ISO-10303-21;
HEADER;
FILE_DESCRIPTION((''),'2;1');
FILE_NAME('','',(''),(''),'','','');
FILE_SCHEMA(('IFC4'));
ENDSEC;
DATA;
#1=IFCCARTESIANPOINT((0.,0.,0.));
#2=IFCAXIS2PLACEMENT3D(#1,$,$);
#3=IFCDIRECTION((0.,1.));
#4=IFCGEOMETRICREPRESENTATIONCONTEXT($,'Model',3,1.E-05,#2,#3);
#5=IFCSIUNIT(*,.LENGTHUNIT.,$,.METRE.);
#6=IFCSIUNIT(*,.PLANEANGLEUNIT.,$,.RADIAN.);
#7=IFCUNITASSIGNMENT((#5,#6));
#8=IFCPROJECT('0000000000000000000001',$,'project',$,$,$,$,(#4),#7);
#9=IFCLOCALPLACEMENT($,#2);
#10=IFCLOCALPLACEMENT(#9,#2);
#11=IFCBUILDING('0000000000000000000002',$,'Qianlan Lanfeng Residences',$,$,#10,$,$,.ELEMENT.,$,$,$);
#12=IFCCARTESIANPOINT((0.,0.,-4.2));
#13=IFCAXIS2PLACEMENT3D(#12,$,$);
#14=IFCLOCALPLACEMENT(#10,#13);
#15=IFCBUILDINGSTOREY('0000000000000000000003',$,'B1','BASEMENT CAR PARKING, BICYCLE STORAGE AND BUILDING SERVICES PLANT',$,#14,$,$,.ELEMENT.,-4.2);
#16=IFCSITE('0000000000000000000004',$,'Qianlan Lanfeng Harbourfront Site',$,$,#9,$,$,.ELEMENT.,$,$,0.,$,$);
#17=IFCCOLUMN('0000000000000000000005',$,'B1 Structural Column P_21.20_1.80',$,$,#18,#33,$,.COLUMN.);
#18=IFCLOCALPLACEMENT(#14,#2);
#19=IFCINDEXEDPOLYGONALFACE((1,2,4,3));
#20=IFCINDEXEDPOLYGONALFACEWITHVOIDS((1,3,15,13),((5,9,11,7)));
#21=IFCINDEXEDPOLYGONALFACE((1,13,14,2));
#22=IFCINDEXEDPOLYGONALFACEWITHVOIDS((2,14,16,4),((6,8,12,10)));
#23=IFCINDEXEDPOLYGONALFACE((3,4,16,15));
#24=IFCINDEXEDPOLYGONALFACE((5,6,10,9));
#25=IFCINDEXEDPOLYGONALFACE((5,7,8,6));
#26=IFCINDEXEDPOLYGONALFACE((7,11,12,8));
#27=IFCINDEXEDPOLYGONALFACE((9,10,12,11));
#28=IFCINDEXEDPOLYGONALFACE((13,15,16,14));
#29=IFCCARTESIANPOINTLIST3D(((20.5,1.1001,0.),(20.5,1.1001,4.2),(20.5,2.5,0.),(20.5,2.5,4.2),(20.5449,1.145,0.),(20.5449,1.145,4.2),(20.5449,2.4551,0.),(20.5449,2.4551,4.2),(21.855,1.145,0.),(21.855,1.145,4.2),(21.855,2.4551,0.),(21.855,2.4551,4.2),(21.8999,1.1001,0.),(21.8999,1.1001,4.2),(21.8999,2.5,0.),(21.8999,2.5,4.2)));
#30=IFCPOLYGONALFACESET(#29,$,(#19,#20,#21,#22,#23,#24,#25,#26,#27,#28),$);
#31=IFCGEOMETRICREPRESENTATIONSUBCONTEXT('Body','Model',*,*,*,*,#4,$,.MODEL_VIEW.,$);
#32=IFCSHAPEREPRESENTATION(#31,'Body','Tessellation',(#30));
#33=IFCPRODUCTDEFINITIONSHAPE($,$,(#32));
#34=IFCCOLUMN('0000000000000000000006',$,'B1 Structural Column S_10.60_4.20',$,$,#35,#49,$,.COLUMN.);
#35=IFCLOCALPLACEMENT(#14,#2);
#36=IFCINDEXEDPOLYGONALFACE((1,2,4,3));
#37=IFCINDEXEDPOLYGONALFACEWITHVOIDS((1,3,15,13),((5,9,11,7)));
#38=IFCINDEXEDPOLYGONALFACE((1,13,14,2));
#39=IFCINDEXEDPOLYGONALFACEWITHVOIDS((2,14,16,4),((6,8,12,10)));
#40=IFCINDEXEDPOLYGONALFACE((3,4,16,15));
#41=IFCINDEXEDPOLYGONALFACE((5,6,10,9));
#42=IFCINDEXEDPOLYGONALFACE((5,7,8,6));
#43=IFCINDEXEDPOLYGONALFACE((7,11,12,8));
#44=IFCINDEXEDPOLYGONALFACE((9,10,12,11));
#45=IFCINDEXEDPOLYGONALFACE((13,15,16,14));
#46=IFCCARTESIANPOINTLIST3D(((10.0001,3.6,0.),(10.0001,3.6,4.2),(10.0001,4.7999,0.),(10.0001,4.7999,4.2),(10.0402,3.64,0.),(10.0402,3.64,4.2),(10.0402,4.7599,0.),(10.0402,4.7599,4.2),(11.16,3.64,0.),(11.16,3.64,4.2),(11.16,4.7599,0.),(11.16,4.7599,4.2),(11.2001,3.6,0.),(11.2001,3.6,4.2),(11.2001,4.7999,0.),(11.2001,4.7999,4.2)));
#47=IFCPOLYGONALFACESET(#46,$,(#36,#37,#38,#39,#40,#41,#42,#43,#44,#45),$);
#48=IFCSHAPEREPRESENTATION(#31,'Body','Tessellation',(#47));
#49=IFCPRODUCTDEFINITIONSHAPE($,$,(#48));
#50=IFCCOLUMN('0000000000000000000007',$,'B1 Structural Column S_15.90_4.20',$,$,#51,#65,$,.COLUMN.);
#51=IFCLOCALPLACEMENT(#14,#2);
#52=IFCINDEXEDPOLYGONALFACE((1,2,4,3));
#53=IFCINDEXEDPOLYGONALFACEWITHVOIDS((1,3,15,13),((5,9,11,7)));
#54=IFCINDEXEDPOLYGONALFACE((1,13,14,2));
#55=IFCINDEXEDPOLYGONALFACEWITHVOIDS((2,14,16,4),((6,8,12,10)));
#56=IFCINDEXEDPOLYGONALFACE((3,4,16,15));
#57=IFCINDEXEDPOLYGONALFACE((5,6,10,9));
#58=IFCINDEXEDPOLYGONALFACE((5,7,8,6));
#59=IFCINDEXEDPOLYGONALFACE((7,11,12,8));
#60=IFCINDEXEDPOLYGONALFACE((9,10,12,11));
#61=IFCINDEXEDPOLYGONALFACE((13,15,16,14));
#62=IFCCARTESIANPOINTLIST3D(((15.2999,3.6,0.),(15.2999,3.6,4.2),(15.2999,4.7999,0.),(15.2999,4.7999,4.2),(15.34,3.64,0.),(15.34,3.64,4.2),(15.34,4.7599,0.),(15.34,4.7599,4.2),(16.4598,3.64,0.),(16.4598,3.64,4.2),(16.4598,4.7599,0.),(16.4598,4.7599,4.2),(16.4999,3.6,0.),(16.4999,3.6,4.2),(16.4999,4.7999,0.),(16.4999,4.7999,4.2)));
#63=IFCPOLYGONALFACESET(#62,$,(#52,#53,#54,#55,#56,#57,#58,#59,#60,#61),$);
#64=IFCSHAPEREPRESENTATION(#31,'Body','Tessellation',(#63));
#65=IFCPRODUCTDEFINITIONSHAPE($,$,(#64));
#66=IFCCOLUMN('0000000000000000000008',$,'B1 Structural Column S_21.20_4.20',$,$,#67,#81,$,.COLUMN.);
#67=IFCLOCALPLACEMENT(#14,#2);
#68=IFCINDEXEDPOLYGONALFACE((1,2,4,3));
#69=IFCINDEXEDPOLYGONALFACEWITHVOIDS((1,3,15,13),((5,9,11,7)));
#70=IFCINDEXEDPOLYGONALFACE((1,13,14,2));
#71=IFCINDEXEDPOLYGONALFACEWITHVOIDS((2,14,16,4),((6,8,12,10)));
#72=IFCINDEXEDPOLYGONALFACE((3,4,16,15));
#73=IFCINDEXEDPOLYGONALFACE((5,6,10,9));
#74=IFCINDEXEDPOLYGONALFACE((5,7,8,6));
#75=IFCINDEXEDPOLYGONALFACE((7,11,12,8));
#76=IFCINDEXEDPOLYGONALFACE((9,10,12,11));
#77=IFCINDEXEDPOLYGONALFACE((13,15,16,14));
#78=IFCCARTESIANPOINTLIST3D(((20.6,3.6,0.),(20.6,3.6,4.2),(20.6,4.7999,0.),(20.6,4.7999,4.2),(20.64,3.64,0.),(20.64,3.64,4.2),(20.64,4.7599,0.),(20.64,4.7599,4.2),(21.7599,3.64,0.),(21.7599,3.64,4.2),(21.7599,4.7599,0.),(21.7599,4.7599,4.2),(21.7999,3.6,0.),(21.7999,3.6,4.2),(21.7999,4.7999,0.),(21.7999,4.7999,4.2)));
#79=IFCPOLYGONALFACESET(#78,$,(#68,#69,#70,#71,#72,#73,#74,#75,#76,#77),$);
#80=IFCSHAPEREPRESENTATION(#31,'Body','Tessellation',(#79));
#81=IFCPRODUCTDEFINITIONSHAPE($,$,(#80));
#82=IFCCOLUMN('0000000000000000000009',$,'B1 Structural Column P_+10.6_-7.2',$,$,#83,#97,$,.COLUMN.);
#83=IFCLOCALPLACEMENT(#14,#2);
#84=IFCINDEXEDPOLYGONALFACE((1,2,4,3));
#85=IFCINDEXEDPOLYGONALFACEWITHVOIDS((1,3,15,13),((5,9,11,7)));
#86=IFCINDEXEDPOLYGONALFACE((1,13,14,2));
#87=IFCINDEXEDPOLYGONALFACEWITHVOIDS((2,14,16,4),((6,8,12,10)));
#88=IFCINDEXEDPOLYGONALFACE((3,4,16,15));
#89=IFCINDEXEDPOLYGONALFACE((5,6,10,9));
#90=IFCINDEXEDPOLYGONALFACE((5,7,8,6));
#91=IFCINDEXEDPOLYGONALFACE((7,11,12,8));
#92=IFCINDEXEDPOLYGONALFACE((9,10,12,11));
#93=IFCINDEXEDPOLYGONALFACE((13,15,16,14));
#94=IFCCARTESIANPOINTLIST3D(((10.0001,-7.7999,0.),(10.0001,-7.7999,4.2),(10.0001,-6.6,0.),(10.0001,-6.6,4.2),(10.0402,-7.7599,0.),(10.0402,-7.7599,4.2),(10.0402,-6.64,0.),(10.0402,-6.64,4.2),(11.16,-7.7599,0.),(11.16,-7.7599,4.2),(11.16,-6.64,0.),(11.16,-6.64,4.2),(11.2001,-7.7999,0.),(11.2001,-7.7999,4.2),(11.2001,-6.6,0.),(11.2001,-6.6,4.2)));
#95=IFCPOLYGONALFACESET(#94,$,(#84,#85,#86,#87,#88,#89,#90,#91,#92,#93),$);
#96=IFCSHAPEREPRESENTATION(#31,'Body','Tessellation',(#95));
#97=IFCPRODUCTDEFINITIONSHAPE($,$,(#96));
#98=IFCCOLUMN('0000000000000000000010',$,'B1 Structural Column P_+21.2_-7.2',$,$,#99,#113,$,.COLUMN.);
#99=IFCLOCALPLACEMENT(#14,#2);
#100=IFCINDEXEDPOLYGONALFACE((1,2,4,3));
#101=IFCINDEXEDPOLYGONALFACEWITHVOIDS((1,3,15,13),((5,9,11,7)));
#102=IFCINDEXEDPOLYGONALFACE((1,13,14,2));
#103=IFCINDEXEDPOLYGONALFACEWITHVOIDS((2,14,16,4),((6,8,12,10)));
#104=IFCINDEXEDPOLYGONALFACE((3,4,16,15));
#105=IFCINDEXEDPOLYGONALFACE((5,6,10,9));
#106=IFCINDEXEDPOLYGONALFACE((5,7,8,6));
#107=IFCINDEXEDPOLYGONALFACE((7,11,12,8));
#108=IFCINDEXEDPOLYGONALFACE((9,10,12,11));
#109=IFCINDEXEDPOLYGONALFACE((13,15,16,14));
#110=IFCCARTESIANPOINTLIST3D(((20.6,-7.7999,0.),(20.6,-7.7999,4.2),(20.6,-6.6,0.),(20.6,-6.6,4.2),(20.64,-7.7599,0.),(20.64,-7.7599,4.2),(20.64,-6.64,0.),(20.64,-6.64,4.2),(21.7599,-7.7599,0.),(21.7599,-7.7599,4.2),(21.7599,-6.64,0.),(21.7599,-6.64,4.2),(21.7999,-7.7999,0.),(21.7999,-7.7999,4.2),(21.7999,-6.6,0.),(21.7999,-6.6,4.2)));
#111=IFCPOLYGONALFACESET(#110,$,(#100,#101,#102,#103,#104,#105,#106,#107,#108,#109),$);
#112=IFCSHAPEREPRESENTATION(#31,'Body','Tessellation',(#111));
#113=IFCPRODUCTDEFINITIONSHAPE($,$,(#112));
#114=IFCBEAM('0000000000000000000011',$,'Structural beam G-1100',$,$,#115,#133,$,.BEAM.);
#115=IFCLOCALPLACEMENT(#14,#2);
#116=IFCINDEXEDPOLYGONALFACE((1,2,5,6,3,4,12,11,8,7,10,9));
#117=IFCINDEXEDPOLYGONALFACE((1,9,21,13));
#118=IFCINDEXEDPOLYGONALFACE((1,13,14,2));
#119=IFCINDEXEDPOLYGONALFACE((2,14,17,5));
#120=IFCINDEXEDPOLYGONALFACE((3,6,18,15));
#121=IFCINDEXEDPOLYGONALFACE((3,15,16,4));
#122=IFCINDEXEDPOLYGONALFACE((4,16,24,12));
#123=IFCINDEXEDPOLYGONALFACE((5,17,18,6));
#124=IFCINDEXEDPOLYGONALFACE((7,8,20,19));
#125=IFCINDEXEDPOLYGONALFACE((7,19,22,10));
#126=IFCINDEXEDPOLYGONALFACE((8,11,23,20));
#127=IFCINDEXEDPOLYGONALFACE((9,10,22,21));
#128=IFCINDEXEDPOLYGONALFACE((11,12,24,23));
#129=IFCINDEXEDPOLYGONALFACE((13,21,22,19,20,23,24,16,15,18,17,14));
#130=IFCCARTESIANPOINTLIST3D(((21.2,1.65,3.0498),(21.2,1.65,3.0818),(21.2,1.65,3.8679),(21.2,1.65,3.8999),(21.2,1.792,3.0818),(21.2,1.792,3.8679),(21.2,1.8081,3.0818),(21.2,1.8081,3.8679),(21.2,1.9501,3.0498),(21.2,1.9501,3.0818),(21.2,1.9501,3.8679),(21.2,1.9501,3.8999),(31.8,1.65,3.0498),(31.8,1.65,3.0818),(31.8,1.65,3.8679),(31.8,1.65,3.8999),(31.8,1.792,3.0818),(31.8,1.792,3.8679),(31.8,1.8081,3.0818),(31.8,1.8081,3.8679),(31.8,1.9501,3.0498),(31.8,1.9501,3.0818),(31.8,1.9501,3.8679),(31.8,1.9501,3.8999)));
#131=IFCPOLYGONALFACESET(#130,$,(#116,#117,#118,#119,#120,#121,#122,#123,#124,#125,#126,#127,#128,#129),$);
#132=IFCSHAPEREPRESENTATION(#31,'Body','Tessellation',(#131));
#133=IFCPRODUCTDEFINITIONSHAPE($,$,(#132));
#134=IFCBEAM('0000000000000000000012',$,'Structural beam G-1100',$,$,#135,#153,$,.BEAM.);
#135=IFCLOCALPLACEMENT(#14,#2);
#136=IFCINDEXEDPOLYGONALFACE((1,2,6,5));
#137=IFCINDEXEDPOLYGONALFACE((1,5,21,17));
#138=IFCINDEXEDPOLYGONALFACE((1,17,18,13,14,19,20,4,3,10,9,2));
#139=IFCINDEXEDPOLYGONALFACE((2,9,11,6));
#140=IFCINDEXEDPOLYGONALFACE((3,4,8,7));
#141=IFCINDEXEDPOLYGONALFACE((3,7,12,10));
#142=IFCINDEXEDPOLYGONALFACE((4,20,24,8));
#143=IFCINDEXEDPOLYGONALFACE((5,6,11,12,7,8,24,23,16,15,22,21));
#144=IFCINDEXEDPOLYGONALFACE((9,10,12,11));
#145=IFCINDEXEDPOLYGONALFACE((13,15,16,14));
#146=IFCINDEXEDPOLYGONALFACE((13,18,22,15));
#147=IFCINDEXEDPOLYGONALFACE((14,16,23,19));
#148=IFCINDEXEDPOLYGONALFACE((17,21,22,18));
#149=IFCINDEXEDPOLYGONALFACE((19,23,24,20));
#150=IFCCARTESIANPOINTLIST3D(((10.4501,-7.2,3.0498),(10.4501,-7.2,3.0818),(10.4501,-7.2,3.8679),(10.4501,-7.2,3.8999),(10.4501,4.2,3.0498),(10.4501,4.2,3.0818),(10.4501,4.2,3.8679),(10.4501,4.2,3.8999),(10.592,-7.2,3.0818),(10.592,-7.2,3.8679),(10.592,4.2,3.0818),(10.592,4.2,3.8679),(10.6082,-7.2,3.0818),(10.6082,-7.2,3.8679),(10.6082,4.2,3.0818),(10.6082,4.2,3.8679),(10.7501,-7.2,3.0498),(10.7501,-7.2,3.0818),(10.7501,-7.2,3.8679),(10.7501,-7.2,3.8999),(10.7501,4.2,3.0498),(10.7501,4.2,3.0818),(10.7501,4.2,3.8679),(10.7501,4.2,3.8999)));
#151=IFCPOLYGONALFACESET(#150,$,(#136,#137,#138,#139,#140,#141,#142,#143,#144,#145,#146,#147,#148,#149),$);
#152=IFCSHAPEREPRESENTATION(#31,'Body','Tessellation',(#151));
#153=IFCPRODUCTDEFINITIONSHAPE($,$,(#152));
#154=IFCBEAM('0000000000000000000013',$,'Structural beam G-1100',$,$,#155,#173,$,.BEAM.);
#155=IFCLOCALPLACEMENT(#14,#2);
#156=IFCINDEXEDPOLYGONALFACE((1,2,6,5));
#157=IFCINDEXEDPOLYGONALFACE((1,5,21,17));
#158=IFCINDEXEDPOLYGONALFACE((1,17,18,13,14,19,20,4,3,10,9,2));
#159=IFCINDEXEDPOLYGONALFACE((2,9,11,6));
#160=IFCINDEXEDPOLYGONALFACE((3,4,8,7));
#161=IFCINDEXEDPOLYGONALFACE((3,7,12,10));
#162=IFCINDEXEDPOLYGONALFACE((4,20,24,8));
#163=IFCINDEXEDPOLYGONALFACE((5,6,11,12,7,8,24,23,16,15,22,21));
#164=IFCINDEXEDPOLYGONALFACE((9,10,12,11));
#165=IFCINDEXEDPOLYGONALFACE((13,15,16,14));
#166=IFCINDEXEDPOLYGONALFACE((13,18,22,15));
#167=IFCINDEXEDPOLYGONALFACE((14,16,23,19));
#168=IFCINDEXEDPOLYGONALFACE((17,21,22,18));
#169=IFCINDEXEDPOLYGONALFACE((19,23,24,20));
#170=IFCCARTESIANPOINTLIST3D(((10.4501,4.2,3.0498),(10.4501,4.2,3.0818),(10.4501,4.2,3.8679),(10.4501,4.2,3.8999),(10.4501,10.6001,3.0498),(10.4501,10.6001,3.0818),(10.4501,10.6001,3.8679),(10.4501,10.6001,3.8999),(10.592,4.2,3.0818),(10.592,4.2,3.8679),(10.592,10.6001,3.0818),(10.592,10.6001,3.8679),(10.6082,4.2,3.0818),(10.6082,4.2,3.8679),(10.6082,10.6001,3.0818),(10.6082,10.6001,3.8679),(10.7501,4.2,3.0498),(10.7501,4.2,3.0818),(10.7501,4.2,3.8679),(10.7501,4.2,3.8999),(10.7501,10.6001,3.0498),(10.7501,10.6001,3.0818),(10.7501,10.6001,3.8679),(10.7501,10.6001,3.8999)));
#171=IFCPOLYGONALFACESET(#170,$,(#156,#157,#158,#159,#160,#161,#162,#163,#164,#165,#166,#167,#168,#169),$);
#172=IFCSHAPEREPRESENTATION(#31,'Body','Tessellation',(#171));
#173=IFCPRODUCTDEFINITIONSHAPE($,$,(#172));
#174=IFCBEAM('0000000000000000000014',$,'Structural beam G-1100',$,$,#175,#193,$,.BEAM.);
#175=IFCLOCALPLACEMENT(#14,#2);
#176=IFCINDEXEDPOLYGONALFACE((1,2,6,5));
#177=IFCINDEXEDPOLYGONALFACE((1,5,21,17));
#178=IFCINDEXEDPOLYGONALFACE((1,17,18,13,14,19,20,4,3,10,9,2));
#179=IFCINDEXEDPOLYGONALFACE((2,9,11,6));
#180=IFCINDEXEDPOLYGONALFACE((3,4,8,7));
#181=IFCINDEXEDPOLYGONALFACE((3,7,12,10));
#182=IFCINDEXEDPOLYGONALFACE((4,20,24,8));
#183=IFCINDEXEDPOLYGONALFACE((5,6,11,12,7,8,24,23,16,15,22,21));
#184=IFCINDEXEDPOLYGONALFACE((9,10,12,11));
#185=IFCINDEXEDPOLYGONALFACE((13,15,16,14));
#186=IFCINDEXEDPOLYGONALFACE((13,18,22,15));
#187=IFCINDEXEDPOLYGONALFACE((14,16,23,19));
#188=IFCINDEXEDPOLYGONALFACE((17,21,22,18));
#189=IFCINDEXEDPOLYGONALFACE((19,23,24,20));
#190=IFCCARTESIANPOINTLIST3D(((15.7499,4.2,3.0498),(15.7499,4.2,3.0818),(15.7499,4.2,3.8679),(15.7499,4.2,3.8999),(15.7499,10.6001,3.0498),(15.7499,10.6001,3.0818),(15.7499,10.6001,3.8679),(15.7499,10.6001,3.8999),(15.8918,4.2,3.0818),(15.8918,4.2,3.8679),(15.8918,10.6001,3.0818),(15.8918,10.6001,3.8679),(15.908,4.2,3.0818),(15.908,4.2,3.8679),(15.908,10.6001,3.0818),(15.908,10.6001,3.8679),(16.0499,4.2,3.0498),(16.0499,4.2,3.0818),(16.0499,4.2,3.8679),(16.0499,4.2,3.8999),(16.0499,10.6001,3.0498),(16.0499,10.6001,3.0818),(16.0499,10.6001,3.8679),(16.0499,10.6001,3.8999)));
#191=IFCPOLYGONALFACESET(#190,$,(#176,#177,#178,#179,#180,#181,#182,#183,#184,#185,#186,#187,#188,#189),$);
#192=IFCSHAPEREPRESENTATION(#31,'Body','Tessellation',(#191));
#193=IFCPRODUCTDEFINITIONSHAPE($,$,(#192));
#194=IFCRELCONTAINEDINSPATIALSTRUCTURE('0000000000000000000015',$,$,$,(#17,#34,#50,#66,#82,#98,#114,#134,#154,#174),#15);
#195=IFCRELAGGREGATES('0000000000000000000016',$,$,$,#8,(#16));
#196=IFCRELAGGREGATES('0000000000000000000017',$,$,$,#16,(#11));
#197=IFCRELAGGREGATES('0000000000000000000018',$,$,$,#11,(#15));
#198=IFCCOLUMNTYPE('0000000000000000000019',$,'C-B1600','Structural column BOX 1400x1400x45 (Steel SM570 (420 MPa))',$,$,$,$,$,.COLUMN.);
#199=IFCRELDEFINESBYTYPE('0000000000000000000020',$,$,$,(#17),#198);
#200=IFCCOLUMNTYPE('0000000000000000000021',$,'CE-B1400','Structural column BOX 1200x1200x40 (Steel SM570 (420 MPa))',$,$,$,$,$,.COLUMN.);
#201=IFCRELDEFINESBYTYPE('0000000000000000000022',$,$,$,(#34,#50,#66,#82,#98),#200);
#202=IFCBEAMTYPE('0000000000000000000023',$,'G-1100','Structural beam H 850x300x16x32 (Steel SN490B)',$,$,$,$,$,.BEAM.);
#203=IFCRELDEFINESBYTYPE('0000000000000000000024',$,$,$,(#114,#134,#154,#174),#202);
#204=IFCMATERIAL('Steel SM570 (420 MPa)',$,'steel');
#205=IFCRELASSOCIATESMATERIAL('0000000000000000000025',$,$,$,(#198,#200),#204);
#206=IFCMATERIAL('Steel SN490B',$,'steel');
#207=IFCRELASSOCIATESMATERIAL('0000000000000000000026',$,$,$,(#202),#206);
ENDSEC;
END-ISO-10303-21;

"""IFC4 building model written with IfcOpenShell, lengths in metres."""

from ifc_helpers import new_model, si_unit, direction, frame, origin, origin_2d, place, context, subcontext, project, spatial, hollow_rectangle, i_section, extrude, material, material_profile, profile_set, type_object, element, save


model = new_model("IFC4")

# Units and contexts
model_context = context("Model", 3, precision=1e-05, world=origin(), true_north=direction((0.0, 1.0)))
body_context = subcontext(model_context, "Body", "Model", "MODEL_VIEW")
ifc_project = project(units=[si_unit("LENGTHUNIT", "METRE"), si_unit("PLANEANGLEUNIT", "RADIAN")], contexts=[model_context])

# Site, building, storey
site_placement = place(None, origin())
site = spatial("IfcSite", under=ifc_project, at=site_placement, Name="Qianlan Lanfeng Harbourfront Site", CompositionType="ELEMENT", RefElevation=0.0)
building_placement = place(site_placement, origin())
building = spatial("IfcBuilding", under=site, at=building_placement, Name="Qianlan Lanfeng Residences", CompositionType="ELEMENT")
storey_placement = place(building_placement, frame((0.0, 0.0, -4.2)))
storey = spatial("IfcBuildingStorey", under=building, at=storey_placement, Name="B1", Description="BASEMENT CAR PARKING, BICYCLE STORAGE AND BUILDING SERVICES PLANT", CompositionType="ELEMENT", Elevation=-4.2)

# Columns
ifc_material_1 = material(Name="Steel SM570 (420 MPa)", Category="steel")
ifc_material_profile_1 = material_profile(ifc_material_1, hollow_rectangle(XDim=1.3999, YDim=1.3999, WallThickness=0.0449, at=origin_2d()), Name="BOX 1400x1400x45")
ifc_profile_set_1 = profile_set([ifc_material_profile_1], Name="Steel SM570 (420 MPa)")
column_type_1 = type_object("IfcColumnType", Name="C-B1600", Description="Structural column BOX 1400x1400x45 (Steel SM570 (420 MPa))", PredefinedType="COLUMN", material=ifc_profile_set_1)
column_placement = place(storey_placement, frame((21.2, 1.8, 0.0), z_axis=(0.0, 0.0, 1.0), x_axis=(1.0, 0.0, 0.0)))
element("IfcColumn", 1, at=column_placement, inside=storey, type_object=column_type_1, Name="B1 Structural Column P_21.20_1.80", PredefinedType="COLUMN", context=body_context, shape_type="SweptSolid", body=[
    extrude(hollow_rectangle(XDim=1.3999, YDim=1.3999, WallThickness=0.0449, at=origin_2d()), origin(), (0.0, 0.0, 1.0), 4.2),
])
ifc_material_profile_2 = material_profile(ifc_material_1, hollow_rectangle(XDim=1.2, YDim=1.2, WallThickness=0.04, at=origin_2d()), Name="BOX 1200x1200x40")
ifc_profile_set_2 = profile_set([ifc_material_profile_2], Name="Steel SM570 (420 MPa)")
column_type_2 = type_object("IfcColumnType", Name="CE-B1400", Description="Structural column BOX 1200x1200x40 (Steel SM570 (420 MPa))", PredefinedType="COLUMN", material=ifc_profile_set_2)
for number, where, z_axis, x_axis, name in (
    (2, (10.6001, 4.2, 0.0), (0.0, 0.0, 1.0), (1.0, 0.0, 0.0), "B1 Structural Column S_10.60_4.20"),
    (3, (15.8999, 4.2, 0.0), (0.0, 0.0, 1.0), (1.0, 0.0, 0.0), "B1 Structural Column S_15.90_4.20"),
    (4, (21.2, 4.2, 0.0), (0.0, 0.0, 1.0), (1.0, 0.0, 0.0), "B1 Structural Column S_21.20_4.20"),
    (5, (10.6001, -7.2, 0.0), (0.0, 0.0, 1.0), (1.0, 0.0, 0.0), "B1 Structural Column P_+10.6_-7.2"),
    (6, (21.2, -7.2, 0.0), (0.0, 0.0, 1.0), (1.0, 0.0, 0.0), "B1 Structural Column P_+21.2_-7.2"),
):
    element("IfcColumn", number, at=place(storey_placement, frame(where, z_axis=z_axis, x_axis=x_axis)), inside=storey, type_object=column_type_2, Name=name, PredefinedType="COLUMN", context=body_context, shape_type="SweptSolid", body=[
        extrude(hollow_rectangle(XDim=1.2, YDim=1.2, WallThickness=0.04, at=origin_2d()), origin(), (0.0, 0.0, 1.0), 4.2),
    ])

# Beams
ifc_material_2 = material(Name="Steel SN490B", Category="steel")
ifc_material_profile_3 = material_profile(ifc_material_2, i_section(OverallWidth=0.3, OverallDepth=0.8501, WebThickness=0.0161, FlangeThickness=0.032, at=origin_2d()), Name="H 850x300x16x32")
ifc_profile_set_3 = profile_set([ifc_material_profile_3], Name="Steel SN490B")
beam_type_1 = type_object("IfcBeamType", Name="G-1100", Description="Structural beam H 850x300x16x32 (Steel SN490B)", PredefinedType="BEAM", material=ifc_profile_set_3)
beam_1_placement = place(storey_placement, frame((21.2, 1.8, 3.4749), z_axis=(1.0, 0.0, 0.0), x_axis=(0.0, 1.0, 0.0)))
element("IfcBeam", 7, at=beam_1_placement, inside=storey, type_object=beam_type_1, Name="Structural beam G-1100", PredefinedType="BEAM", context=body_context, shape_type="SweptSolid", body=[
    extrude(i_section(OverallWidth=0.3, OverallDepth=0.8501, WebThickness=0.0161, FlangeThickness=0.032, at=origin_2d()), origin(), (0.0, 0.0, 1.0), 10.6001),
])
beam_2_placement = place(storey_placement, frame((10.6001, -7.2, 3.4749), z_axis=(0.0, 1.0, 0.0), x_axis=(-1.0, 0.0, 0.0)))
element("IfcBeam", 8, at=beam_2_placement, inside=storey, type_object=beam_type_1, Name="Structural beam G-1100", PredefinedType="BEAM", context=body_context, shape_type="SweptSolid", body=[
    extrude(i_section(OverallWidth=0.3, OverallDepth=0.8501, WebThickness=0.0161, FlangeThickness=0.032, at=origin_2d()), origin(), (0.0, 0.0, 1.0), 11.3999),
])
for number, where, z_axis, x_axis, name in (
    (9, (10.6001, 4.2, 3.4749), (0.0, 1.0, 0.0), (-1.0, 0.0, 0.0), "Structural beam G-1100"),
    (10, (15.8999, 4.2, 3.4749), (0.0, 1.0, 0.0), (-1.0, 0.0, 0.0), "Structural beam G-1100"),
):
    element("IfcBeam", number, at=place(storey_placement, frame(where, z_axis=z_axis, x_axis=x_axis)), inside=storey, type_object=beam_type_1, Name=name, PredefinedType="BEAM", context=body_context, shape_type="SweptSolid", body=[
        extrude(i_section(OverallWidth=0.3, OverallDepth=0.8501, WebThickness=0.0161, FlangeThickness=0.032, at=origin_2d()), origin(), (0.0, 0.0, 1.0), 6.4001),
    ])

save(model, "model.ifc")
